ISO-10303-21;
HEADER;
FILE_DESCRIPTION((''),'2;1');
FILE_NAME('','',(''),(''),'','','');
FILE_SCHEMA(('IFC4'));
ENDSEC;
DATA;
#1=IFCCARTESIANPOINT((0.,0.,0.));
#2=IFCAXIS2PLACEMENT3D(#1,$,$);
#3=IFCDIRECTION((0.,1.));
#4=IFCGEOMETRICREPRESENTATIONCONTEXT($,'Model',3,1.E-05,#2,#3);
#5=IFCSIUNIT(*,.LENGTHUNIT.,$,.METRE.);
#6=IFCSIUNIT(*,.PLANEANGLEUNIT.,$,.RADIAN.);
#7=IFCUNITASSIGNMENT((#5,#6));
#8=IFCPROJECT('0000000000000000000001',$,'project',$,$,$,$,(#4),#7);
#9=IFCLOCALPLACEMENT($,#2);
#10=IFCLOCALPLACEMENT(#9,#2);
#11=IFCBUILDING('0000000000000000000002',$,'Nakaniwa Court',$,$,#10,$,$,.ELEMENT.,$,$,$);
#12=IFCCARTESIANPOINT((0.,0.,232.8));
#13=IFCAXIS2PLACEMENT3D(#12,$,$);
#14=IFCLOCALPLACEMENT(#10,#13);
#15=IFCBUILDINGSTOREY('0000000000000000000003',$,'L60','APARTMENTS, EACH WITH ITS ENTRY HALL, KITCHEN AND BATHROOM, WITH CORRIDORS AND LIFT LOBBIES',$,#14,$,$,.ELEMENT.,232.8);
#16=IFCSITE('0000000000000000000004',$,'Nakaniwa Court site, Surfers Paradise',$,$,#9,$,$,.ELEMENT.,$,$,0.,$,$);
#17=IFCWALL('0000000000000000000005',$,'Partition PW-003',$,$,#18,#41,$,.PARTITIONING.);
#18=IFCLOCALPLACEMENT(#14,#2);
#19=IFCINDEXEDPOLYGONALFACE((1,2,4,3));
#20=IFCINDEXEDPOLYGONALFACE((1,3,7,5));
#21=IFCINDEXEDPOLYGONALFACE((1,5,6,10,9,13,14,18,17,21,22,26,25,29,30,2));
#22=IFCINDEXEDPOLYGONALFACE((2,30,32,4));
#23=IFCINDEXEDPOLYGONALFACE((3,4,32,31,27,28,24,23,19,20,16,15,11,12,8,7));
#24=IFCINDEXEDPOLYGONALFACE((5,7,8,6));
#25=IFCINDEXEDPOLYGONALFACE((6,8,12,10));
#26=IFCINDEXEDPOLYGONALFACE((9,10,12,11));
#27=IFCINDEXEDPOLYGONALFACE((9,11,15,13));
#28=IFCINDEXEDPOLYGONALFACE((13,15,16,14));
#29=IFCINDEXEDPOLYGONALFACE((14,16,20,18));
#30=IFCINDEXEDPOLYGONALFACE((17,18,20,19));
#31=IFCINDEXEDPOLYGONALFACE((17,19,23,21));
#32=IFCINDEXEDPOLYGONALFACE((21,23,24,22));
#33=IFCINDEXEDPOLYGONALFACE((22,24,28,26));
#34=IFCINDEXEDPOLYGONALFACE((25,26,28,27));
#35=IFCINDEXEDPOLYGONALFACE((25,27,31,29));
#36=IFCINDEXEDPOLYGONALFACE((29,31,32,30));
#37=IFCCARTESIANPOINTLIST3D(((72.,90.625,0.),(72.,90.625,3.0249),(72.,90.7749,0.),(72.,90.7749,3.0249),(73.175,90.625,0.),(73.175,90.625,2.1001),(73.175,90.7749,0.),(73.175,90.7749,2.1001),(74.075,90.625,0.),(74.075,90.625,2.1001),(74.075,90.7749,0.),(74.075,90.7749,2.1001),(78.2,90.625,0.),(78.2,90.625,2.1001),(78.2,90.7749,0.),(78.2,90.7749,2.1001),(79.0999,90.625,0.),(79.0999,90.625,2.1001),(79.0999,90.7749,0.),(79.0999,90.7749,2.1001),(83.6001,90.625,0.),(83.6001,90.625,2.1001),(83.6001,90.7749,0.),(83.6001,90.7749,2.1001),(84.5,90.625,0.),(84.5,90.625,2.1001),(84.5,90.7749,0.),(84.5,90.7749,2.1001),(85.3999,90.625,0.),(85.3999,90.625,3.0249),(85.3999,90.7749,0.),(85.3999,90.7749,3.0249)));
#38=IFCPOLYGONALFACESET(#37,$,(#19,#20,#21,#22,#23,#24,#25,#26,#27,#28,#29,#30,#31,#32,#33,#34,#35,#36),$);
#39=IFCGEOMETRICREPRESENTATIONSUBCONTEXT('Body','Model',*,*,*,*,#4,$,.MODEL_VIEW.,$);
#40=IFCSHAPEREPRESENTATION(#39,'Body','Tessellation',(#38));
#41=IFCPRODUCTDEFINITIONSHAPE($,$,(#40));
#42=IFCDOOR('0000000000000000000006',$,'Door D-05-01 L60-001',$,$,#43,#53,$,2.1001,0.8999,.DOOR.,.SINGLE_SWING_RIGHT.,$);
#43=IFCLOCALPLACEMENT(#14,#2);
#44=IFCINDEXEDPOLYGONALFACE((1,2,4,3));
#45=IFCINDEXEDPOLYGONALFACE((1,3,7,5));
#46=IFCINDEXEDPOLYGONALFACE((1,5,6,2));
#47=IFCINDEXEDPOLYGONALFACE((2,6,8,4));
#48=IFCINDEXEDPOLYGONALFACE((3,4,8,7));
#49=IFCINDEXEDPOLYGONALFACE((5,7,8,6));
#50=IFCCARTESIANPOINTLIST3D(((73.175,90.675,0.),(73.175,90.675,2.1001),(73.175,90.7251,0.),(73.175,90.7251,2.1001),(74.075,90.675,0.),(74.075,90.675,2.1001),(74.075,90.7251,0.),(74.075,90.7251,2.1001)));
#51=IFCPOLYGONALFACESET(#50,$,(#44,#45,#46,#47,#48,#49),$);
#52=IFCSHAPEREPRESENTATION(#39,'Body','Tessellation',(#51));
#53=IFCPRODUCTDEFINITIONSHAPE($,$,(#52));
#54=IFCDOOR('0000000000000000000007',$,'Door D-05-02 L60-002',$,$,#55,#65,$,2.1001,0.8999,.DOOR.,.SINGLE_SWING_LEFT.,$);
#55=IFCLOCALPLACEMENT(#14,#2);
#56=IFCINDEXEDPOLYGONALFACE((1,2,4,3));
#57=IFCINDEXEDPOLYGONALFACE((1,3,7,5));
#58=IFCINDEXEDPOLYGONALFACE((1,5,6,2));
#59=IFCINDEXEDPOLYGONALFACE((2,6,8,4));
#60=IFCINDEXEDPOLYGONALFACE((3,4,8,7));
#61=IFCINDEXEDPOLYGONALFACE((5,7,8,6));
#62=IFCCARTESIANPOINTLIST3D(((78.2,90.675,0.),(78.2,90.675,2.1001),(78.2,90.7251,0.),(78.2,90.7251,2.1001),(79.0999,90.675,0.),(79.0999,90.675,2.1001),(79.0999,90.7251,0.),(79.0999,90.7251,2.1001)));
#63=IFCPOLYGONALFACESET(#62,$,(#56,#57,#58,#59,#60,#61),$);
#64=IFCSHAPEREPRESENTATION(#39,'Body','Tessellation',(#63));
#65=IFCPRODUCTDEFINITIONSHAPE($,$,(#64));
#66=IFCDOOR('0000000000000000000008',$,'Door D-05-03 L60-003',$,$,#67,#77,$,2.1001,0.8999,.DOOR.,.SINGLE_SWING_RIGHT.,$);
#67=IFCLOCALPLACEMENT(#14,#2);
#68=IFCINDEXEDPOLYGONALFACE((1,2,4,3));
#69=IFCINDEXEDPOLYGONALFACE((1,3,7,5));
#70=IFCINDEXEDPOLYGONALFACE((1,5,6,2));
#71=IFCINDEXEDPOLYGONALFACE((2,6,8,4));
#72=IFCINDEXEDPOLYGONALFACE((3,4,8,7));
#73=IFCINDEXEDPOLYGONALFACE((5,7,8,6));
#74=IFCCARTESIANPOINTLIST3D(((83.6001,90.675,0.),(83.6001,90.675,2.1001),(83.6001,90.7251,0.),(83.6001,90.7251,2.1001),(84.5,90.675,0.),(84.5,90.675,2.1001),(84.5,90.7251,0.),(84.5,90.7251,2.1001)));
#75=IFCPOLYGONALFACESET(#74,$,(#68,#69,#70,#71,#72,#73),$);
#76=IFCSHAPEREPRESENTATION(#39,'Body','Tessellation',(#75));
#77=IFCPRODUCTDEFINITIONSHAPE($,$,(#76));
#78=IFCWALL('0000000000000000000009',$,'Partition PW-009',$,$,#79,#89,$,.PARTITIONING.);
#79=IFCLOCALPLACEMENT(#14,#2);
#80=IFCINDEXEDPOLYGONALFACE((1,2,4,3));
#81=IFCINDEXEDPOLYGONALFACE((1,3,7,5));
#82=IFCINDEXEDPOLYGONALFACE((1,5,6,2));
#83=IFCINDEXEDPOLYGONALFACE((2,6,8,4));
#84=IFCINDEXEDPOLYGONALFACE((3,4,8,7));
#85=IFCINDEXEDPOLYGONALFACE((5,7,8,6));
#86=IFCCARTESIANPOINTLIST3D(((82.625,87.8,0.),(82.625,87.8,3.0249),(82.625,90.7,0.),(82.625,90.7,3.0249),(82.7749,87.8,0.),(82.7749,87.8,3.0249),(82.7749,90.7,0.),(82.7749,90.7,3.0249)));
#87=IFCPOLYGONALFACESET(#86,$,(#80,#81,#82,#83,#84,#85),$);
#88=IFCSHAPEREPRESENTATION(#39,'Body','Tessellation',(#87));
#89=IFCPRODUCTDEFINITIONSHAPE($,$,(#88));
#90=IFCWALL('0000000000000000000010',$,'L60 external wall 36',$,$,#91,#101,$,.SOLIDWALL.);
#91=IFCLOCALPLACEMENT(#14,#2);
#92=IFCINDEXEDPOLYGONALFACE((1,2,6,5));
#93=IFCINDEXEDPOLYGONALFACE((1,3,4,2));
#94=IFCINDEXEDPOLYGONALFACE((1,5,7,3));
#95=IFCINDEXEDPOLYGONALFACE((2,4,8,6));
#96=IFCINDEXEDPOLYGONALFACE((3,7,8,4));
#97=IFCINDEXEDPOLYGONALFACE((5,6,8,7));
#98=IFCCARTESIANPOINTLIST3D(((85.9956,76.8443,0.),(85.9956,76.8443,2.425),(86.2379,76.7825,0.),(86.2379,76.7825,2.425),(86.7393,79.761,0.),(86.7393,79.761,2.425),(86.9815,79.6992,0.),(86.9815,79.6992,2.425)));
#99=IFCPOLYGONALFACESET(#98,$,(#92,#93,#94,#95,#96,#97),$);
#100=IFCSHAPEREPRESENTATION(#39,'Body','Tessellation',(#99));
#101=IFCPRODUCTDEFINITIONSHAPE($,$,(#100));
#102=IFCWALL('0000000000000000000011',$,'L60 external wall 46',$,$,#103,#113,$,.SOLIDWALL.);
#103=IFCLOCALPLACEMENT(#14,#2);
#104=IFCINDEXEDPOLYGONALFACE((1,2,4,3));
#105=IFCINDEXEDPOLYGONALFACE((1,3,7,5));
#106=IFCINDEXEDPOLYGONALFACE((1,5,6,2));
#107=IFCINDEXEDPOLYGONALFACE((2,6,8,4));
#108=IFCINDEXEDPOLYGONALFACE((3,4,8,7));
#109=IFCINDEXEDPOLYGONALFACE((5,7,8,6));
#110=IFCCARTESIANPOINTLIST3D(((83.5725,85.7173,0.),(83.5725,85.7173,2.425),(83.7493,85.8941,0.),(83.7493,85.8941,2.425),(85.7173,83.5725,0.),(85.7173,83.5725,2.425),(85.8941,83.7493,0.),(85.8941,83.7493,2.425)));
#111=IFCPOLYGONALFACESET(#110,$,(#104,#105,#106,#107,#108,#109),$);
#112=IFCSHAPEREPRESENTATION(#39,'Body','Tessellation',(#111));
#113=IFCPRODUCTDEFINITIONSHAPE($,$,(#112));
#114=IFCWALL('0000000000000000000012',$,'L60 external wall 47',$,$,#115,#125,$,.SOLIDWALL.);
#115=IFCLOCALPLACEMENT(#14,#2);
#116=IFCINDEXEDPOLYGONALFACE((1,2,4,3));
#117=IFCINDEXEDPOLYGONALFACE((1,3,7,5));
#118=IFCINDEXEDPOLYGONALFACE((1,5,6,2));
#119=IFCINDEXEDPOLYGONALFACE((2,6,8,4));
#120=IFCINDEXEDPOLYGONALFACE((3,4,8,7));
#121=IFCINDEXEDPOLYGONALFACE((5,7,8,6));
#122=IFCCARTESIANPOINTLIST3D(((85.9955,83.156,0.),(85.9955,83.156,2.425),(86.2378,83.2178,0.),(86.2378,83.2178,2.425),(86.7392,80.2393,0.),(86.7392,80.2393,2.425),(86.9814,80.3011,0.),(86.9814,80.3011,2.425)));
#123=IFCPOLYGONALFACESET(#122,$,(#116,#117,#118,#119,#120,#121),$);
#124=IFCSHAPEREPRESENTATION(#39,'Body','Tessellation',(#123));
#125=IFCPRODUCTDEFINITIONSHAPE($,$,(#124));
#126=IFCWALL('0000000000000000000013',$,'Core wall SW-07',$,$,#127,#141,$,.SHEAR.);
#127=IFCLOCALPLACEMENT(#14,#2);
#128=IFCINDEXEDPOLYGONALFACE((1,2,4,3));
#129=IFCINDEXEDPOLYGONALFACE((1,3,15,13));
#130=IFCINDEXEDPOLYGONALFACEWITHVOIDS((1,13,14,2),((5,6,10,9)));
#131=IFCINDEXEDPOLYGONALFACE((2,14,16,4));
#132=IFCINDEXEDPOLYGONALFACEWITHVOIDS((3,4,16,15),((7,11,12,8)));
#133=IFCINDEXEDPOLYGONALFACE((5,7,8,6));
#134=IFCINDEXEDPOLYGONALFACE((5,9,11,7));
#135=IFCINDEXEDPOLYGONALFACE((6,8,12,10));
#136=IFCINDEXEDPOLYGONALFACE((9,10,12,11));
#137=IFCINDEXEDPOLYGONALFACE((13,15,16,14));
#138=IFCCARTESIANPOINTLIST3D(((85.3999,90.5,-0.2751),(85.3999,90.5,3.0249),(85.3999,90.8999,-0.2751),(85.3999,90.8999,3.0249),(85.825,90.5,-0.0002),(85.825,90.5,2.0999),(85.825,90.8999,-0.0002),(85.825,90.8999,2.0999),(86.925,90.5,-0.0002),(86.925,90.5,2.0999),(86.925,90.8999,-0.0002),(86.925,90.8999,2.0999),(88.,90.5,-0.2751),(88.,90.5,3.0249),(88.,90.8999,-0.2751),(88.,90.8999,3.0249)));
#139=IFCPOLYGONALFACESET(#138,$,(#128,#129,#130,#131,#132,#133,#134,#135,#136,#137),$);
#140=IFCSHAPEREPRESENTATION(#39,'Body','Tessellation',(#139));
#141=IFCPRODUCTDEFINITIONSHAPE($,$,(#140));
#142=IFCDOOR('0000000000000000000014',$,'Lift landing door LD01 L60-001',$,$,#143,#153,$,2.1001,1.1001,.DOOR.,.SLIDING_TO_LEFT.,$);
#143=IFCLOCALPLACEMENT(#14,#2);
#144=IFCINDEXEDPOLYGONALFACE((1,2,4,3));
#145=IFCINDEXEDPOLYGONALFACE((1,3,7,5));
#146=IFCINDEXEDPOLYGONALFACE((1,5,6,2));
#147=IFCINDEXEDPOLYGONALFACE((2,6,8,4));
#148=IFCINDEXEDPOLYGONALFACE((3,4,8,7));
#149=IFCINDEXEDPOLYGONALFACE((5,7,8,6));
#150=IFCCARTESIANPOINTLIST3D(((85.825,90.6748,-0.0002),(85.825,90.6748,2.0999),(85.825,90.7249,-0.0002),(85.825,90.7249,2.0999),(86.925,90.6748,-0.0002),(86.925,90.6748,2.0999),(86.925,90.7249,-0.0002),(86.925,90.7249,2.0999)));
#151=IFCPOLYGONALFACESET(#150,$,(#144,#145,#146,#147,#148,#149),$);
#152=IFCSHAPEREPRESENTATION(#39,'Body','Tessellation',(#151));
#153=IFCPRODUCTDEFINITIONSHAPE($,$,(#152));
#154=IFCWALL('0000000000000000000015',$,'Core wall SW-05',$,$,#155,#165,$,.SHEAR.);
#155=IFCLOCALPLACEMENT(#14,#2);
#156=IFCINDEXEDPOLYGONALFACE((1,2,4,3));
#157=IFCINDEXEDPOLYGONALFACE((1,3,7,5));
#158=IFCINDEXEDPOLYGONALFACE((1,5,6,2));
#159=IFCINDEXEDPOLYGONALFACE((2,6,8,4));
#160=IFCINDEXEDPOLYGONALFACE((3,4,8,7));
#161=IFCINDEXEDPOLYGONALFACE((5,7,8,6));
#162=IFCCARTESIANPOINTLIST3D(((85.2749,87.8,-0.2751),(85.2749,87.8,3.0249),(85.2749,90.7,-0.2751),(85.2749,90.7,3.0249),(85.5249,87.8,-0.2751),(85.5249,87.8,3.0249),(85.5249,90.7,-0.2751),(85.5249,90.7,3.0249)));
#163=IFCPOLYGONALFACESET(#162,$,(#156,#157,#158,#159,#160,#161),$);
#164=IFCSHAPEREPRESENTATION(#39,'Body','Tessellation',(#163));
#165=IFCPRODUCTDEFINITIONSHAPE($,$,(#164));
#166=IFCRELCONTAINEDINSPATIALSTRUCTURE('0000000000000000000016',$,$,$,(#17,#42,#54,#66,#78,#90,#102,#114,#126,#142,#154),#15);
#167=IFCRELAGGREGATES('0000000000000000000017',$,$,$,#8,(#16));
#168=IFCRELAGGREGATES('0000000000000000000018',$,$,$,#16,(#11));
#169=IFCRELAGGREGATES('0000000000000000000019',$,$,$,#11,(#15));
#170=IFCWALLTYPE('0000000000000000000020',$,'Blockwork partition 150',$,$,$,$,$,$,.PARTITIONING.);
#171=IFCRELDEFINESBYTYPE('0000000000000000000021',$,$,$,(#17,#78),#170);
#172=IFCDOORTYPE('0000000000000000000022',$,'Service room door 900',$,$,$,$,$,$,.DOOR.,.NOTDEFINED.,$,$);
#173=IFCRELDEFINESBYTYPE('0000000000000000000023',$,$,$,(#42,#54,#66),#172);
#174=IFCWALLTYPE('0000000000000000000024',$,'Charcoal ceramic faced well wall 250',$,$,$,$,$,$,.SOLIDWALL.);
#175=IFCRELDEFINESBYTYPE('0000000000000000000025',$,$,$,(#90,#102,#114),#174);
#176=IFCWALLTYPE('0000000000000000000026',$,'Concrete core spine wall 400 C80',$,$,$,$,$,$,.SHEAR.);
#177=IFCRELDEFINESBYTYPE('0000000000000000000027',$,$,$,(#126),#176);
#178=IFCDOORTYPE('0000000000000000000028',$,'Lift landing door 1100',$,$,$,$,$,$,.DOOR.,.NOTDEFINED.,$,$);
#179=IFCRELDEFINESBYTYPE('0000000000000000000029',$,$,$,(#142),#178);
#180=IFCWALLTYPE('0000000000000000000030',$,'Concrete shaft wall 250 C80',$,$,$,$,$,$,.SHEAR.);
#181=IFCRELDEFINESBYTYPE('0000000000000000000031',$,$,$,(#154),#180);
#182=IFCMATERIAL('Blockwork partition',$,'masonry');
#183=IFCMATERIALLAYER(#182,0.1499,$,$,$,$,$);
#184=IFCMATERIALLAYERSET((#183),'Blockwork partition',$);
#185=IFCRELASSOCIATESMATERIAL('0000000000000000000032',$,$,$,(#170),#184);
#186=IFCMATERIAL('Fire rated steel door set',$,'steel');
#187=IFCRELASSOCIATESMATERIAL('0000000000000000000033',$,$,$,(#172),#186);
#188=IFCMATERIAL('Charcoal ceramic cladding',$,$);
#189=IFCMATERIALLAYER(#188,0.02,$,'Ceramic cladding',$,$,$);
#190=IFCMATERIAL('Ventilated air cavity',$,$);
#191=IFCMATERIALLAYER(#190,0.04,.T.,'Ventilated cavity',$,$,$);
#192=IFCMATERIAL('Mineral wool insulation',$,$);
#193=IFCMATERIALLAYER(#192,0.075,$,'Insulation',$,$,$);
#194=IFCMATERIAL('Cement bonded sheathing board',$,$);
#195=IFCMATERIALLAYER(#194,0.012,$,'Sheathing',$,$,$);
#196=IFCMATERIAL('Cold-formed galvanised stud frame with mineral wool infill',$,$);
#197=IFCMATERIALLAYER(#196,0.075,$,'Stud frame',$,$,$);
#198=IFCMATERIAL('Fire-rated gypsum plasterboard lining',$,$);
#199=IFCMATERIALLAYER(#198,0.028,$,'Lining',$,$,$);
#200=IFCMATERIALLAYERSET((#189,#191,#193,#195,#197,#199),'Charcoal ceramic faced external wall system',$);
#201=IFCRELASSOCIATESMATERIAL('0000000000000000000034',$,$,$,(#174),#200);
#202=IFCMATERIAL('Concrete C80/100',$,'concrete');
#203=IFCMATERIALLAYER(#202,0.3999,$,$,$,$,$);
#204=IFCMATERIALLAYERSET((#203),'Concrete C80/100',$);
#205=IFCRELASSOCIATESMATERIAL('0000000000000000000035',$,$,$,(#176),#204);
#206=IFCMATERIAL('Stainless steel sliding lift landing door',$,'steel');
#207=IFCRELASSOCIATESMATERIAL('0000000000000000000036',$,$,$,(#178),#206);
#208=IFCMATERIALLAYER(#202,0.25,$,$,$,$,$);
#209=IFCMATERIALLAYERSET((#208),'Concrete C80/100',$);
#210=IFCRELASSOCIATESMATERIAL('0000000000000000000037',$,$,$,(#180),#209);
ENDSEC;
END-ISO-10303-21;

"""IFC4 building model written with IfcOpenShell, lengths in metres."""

from ifc_helpers import new_model, si_unit, direction, frame, frame_2d, origin, place, context, subcontext, project, spatial, rectangle, extrude, material, layer, layer_set, type_object, element, fill, save


model = new_model("IFC4")

# Units and contexts
model_context = context("Model", 3, precision=1e-05, world=origin(), true_north=direction((0.0, 1.0)))
body_context = subcontext(model_context, "Body", "Model", "MODEL_VIEW")
ifc_project = project(units=[si_unit("LENGTHUNIT", "METRE"), si_unit("PLANEANGLEUNIT", "RADIAN")], contexts=[model_context])

# Site, building, storey
site_placement = place(None, origin())
site = spatial("IfcSite", under=ifc_project, at=site_placement, Name="Nakaniwa Court site, Surfers Paradise", CompositionType="ELEMENT", RefElevation=0.0)
building_placement = place(site_placement, origin())
building = spatial("IfcBuilding", under=site, at=building_placement, Name="Nakaniwa Court", CompositionType="ELEMENT")
storey_placement = place(building_placement, frame((0.0, 0.0, 232.8)))
storey = spatial("IfcBuildingStorey", under=building, at=storey_placement, Name="L60", Description="APARTMENTS, EACH WITH ITS ENTRY HALL, KITCHEN AND BATHROOM, WITH CORRIDORS AND LIFT LOBBIES", CompositionType="ELEMENT", Elevation=232.8)

# Shared definitions
ifc_material_1 = material(Name="Concrete C80/100", Category="concrete")

# Wall, openings, doors
ifc_material_2 = material(Name="Blockwork partition", Category="masonry")
ifc_layer_1 = layer(ifc_material_2, 0.1499)
ifc_layer_set_1 = layer_set([ifc_layer_1], Name="Blockwork partition")
wall_type_1 = type_object("IfcWallType", Name="Blockwork partition 150", PredefinedType="PARTITIONING", material=ifc_layer_set_1)
wall_1_placement = place(storey_placement, frame((85.3999, 90.7, 0.0), z_axis=(0.0, 0.0, 1.0), x_axis=(-1.0, 0.0, 0.0)))
wall_1 = element("IfcWall", 1, at=wall_1_placement, inside=storey, type_object=wall_type_1, Name="Partition PW-003", PredefinedType="PARTITIONING", context=body_context, shape_type="SweptSolid", body=[
    extrude(rectangle(XDim=13.3999, YDim=0.1499, at=frame_2d((6.7, 0.0))), origin(), (0.0, 0.0, 1.0), 3.0249),
])
opening_1_placement = place(wall_1_placement, frame((11.325, 0.0, 0.0)))
opening_1 = element("IfcOpeningElement", 2, at=opening_1_placement, cuts=wall_1, PredefinedType="OPENING", context=body_context, shape_type="SweptSolid", body=[
    extrude(rectangle(XDim=0.8999, YDim=2.1001, at=frame_2d((0.45, 1.05))), frame((0.0, 0.085, 0.0), z_axis=(0.0, -1.0, 0.0), x_axis=(1.0, 0.0, 0.0)), (0.0, 0.0, 1.0), 0.1699),
])
opening_2_placement = place(wall_1_placement, frame((6.3, 0.0, 0.0)))
opening_2 = element("IfcOpeningElement", 3, at=opening_2_placement, cuts=wall_1, PredefinedType="OPENING", context=body_context, shape_type="SweptSolid", body=[
    extrude(rectangle(XDim=0.8999, YDim=2.1001, at=frame_2d((0.45, 1.05))), frame((0.0, 0.085, 0.0), z_axis=(0.0, -1.0, 0.0), x_axis=(1.0, 0.0, 0.0)), (0.0, 0.0, 1.0), 0.1699),
])
opening_3_placement = place(wall_1_placement, frame((0.8999, 0.0, 0.0)))
opening_3 = element("IfcOpeningElement", 4, at=opening_3_placement, cuts=wall_1, PredefinedType="OPENING", context=body_context, shape_type="SweptSolid", body=[
    extrude(rectangle(XDim=0.8999, YDim=2.1001, at=frame_2d((0.45, 1.05))), frame((0.0, 0.085, 0.0), z_axis=(0.0, -1.0, 0.0), x_axis=(1.0, 0.0, 0.0)), (0.0, 0.0, 1.0), 0.1699),
])
ifc_material_3 = material(Name="Fire rated steel door set", Category="steel")
door_type_1 = type_object("IfcDoorType", Name="Service room door 900", OperationType="NOTDEFINED", PredefinedType="DOOR", material=ifc_material_3)
door_1_placement = place(opening_1_placement, origin())
door_1 = element("IfcDoor", 5, at=door_1_placement, inside=storey, type_object=door_type_1, Name="Door D-05-01 L60-001", OperationType="SINGLE_SWING_RIGHT", OverallHeight=2.1001, OverallWidth=0.8999, PredefinedType="DOOR", context=body_context, shape_type="SweptSolid", body=[
    extrude(rectangle(XDim=0.8999, YDim=2.1001, at=frame_2d((0.45, 1.05))), frame((0.0, 0.0249, 0.0), z_axis=(0.0, -1.0, 0.0), x_axis=(1.0, 0.0, 0.0)), (0.0, 0.0, 1.0), 0.05),
])
fill(opening_1, door_1)
door_2_placement = place(opening_2_placement, origin())
door_2 = element("IfcDoor", 6, at=door_2_placement, inside=storey, type_object=door_type_1, Name="Door D-05-02 L60-002", OperationType="SINGLE_SWING_LEFT", OverallHeight=2.1001, OverallWidth=0.8999, PredefinedType="DOOR", context=body_context, shape_type="SweptSolid", body=[
    extrude(rectangle(XDim=0.8999, YDim=2.1001, at=frame_2d((0.45, 1.05))), frame((0.0, 0.0249, 0.0), z_axis=(0.0, -1.0, 0.0), x_axis=(1.0, 0.0, 0.0)), (0.0, 0.0, 1.0), 0.05),
])
fill(opening_2, door_2)
door_3_placement = place(opening_3_placement, origin())
door_3 = element("IfcDoor", 7, at=door_3_placement, inside=storey, type_object=door_type_1, Name="Door D-05-03 L60-003", OperationType="SINGLE_SWING_RIGHT", OverallHeight=2.1001, OverallWidth=0.8999, PredefinedType="DOOR", context=body_context, shape_type="SweptSolid", body=[
    extrude(rectangle(XDim=0.8999, YDim=2.1001, at=frame_2d((0.45, 1.05))), frame((0.0, 0.0249, 0.0), z_axis=(0.0, -1.0, 0.0), x_axis=(1.0, 0.0, 0.0)), (0.0, 0.0, 1.0), 0.05),
])
fill(opening_3, door_3)

# Walls
wall_2_placement = place(storey_placement, frame((82.7, 87.8, 0.0), z_axis=(0.0, 0.0, 1.0), x_axis=(0.0, 1.0, 0.0)))
element("IfcWall", 8, at=wall_2_placement, inside=storey, type_object=wall_type_1, Name="Partition PW-009", PredefinedType="PARTITIONING", context=body_context, shape_type="SweptSolid", body=[
    extrude(rectangle(XDim=2.8999, YDim=0.1499, at=frame_2d((1.45, 0.0))), origin(), (0.0, 0.0, 1.0), 3.0249),
])
ifc_material_4 = material(Name="Charcoal ceramic cladding")
ifc_layer_2 = layer(ifc_material_4, 0.02, Name="Ceramic cladding")
ifc_material_5 = material(Name="Ventilated air cavity")
ifc_layer_3 = layer(ifc_material_5, 0.04, ventilated=True, Name="Ventilated cavity")
ifc_material_6 = material(Name="Mineral wool insulation")
ifc_layer_4 = layer(ifc_material_6, 0.075, Name="Insulation")
ifc_material_7 = material(Name="Cement bonded sheathing board")
ifc_layer_5 = layer(ifc_material_7, 0.012, Name="Sheathing")
ifc_material_8 = material(Name="Cold-formed galvanised stud frame with mineral wool infill")
ifc_layer_6 = layer(ifc_material_8, 0.075, Name="Stud frame")
ifc_material_9 = material(Name="Fire-rated gypsum plasterboard lining")
ifc_layer_7 = layer(ifc_material_9, 0.028, Name="Lining")
ifc_layer_set_2 = layer_set([ifc_layer_2, ifc_layer_3, ifc_layer_4, ifc_layer_5, ifc_layer_6, ifc_layer_7], Name="Charcoal ceramic faced external wall system")
wall_type_2 = type_object("IfcWallType", Name="Charcoal ceramic faced well wall 250", PredefinedType="SOLIDWALL", material=ifc_layer_set_2)
wall_3_placement = place(storey_placement, frame((86.8604, 79.73, 0.0), z_axis=(0.0, 0.0, 1.0), x_axis=(-0.247056, -0.969001, 0.0)))
element("IfcWall", 9, at=wall_3_placement, inside=storey, type_object=wall_type_2, Name="L60 external wall 36", PredefinedType="SOLIDWALL", context=body_context, shape_type="SweptSolid", body=[
    extrude(rectangle(XDim=3.01, YDim=0.25, at=frame_2d((1.5049, 0.0))), origin(), (0.0, 0.0, 1.0), 2.425),
])
wall_4_placement = place(storey_placement, frame((83.6609, 85.8057, 0.0), z_axis=(0.0, 0.0, 1.0), x_axis=(0.707107, -0.707107, 0.0)))
element("IfcWall", 10, at=wall_4_placement, inside=storey, type_object=wall_type_2, Name="L60 external wall 46", PredefinedType="SOLIDWALL", context=body_context, shape_type="SweptSolid", body=[
    extrude(rectangle(XDim=3.0332, YDim=0.25, at=frame_2d((1.5166, 0.0))), origin(), (0.0, 0.0, 1.0), 2.425),
])
wall_5_placement = place(storey_placement, frame((86.1167, 83.1868, 0.0), z_axis=(0.0, 0.0, 1.0), x_axis=(0.247056, -0.969001, 0.0)))
element("IfcWall", 11, at=wall_5_placement, inside=storey, type_object=wall_type_2, Name="L60 external wall 47", PredefinedType="SOLIDWALL", context=body_context, shape_type="SweptSolid", body=[
    extrude(rectangle(XDim=3.01, YDim=0.25, at=frame_2d((1.5049, 0.0))), origin(), (0.0, 0.0, 1.0), 2.425),
])

# Wall, opening, door
ifc_layer_8 = layer(ifc_material_1, 0.3999)
ifc_layer_set_3 = layer_set([ifc_layer_8], Name="Concrete C80/100")
wall_type_3 = type_object("IfcWallType", Name="Concrete core spine wall 400 C80", PredefinedType="SHEAR", material=ifc_layer_set_3)
wall_6_placement = place(storey_placement, frame((85.3999, 90.7, -0.2751), z_axis=(0.0, 0.0, 1.0), x_axis=(1.0, 0.0, 0.0)))
wall_6 = element("IfcWall", 12, at=wall_6_placement, inside=storey, type_object=wall_type_3, Name="Core wall SW-07", PredefinedType="SHEAR", context=body_context, shape_type="SweptSolid", body=[
    extrude(rectangle(XDim=2.6001, YDim=0.3999, at=frame_2d((1.3, 0.0))), origin(), (0.0, 0.0, 1.0), 3.3),
])
opening_4_placement = place(wall_6_placement, frame((0.425, 0.0, 0.2749)))
opening_4 = element("IfcOpeningElement", 13, at=opening_4_placement, cuts=wall_6, PredefinedType="OPENING", context=body_context, shape_type="SweptSolid", body=[
    extrude(rectangle(XDim=1.1001, YDim=2.1001, at=frame_2d((0.55, 1.05))), frame((0.0, 0.21, 0.0), z_axis=(0.0, -1.0, 0.0), x_axis=(1.0, 0.0, 0.0)), (0.0, 0.0, 1.0), 0.4199),
])
ifc_material_10 = material(Name="Stainless steel sliding lift landing door", Category="steel")
door_type_2 = type_object("IfcDoorType", Name="Lift landing door 1100", OperationType="NOTDEFINED", PredefinedType="DOOR", material=ifc_material_10)
door_4_placement = place(opening_4_placement, origin())
door_4 = element("IfcDoor", 14, at=door_4_placement, inside=storey, type_object=door_type_2, Name="Lift landing door LD01 L60-001", OperationType="SLIDING_TO_LEFT", OverallHeight=2.1001, OverallWidth=1.1001, PredefinedType="DOOR", context=body_context, shape_type="SweptSolid", body=[
    extrude(rectangle(XDim=1.1001, YDim=2.1001, at=frame_2d((0.55, 1.05))), frame((0.0, 0.0249, 0.0), z_axis=(0.0, -1.0, 0.0), x_axis=(1.0, 0.0, 0.0)), (0.0, 0.0, 1.0), 0.05),
])
fill(opening_4, door_4)

# Wall
ifc_layer_9 = layer(ifc_material_1, 0.25)
ifc_layer_set_4 = layer_set([ifc_layer_9], Name="Concrete C80/100")
wall_type_4 = type_object("IfcWallType", Name="Concrete shaft wall 250 C80", PredefinedType="SHEAR", material=ifc_layer_set_4)
wall_7_placement = place(storey_placement, frame((85.3999, 87.8, -0.2751), z_axis=(0.0, 0.0, 1.0), x_axis=(0.0, 1.0, 0.0)))
element("IfcWall", 15, at=wall_7_placement, inside=storey, type_object=wall_type_4, Name="Core wall SW-05", PredefinedType="SHEAR", context=body_context, shape_type="SweptSolid", body=[
    extrude(rectangle(XDim=2.8999, YDim=0.25, at=frame_2d((1.45, 0.0))), origin(), (0.0, 0.0, 1.0), 3.3),
])

save(model, "model.ifc")
